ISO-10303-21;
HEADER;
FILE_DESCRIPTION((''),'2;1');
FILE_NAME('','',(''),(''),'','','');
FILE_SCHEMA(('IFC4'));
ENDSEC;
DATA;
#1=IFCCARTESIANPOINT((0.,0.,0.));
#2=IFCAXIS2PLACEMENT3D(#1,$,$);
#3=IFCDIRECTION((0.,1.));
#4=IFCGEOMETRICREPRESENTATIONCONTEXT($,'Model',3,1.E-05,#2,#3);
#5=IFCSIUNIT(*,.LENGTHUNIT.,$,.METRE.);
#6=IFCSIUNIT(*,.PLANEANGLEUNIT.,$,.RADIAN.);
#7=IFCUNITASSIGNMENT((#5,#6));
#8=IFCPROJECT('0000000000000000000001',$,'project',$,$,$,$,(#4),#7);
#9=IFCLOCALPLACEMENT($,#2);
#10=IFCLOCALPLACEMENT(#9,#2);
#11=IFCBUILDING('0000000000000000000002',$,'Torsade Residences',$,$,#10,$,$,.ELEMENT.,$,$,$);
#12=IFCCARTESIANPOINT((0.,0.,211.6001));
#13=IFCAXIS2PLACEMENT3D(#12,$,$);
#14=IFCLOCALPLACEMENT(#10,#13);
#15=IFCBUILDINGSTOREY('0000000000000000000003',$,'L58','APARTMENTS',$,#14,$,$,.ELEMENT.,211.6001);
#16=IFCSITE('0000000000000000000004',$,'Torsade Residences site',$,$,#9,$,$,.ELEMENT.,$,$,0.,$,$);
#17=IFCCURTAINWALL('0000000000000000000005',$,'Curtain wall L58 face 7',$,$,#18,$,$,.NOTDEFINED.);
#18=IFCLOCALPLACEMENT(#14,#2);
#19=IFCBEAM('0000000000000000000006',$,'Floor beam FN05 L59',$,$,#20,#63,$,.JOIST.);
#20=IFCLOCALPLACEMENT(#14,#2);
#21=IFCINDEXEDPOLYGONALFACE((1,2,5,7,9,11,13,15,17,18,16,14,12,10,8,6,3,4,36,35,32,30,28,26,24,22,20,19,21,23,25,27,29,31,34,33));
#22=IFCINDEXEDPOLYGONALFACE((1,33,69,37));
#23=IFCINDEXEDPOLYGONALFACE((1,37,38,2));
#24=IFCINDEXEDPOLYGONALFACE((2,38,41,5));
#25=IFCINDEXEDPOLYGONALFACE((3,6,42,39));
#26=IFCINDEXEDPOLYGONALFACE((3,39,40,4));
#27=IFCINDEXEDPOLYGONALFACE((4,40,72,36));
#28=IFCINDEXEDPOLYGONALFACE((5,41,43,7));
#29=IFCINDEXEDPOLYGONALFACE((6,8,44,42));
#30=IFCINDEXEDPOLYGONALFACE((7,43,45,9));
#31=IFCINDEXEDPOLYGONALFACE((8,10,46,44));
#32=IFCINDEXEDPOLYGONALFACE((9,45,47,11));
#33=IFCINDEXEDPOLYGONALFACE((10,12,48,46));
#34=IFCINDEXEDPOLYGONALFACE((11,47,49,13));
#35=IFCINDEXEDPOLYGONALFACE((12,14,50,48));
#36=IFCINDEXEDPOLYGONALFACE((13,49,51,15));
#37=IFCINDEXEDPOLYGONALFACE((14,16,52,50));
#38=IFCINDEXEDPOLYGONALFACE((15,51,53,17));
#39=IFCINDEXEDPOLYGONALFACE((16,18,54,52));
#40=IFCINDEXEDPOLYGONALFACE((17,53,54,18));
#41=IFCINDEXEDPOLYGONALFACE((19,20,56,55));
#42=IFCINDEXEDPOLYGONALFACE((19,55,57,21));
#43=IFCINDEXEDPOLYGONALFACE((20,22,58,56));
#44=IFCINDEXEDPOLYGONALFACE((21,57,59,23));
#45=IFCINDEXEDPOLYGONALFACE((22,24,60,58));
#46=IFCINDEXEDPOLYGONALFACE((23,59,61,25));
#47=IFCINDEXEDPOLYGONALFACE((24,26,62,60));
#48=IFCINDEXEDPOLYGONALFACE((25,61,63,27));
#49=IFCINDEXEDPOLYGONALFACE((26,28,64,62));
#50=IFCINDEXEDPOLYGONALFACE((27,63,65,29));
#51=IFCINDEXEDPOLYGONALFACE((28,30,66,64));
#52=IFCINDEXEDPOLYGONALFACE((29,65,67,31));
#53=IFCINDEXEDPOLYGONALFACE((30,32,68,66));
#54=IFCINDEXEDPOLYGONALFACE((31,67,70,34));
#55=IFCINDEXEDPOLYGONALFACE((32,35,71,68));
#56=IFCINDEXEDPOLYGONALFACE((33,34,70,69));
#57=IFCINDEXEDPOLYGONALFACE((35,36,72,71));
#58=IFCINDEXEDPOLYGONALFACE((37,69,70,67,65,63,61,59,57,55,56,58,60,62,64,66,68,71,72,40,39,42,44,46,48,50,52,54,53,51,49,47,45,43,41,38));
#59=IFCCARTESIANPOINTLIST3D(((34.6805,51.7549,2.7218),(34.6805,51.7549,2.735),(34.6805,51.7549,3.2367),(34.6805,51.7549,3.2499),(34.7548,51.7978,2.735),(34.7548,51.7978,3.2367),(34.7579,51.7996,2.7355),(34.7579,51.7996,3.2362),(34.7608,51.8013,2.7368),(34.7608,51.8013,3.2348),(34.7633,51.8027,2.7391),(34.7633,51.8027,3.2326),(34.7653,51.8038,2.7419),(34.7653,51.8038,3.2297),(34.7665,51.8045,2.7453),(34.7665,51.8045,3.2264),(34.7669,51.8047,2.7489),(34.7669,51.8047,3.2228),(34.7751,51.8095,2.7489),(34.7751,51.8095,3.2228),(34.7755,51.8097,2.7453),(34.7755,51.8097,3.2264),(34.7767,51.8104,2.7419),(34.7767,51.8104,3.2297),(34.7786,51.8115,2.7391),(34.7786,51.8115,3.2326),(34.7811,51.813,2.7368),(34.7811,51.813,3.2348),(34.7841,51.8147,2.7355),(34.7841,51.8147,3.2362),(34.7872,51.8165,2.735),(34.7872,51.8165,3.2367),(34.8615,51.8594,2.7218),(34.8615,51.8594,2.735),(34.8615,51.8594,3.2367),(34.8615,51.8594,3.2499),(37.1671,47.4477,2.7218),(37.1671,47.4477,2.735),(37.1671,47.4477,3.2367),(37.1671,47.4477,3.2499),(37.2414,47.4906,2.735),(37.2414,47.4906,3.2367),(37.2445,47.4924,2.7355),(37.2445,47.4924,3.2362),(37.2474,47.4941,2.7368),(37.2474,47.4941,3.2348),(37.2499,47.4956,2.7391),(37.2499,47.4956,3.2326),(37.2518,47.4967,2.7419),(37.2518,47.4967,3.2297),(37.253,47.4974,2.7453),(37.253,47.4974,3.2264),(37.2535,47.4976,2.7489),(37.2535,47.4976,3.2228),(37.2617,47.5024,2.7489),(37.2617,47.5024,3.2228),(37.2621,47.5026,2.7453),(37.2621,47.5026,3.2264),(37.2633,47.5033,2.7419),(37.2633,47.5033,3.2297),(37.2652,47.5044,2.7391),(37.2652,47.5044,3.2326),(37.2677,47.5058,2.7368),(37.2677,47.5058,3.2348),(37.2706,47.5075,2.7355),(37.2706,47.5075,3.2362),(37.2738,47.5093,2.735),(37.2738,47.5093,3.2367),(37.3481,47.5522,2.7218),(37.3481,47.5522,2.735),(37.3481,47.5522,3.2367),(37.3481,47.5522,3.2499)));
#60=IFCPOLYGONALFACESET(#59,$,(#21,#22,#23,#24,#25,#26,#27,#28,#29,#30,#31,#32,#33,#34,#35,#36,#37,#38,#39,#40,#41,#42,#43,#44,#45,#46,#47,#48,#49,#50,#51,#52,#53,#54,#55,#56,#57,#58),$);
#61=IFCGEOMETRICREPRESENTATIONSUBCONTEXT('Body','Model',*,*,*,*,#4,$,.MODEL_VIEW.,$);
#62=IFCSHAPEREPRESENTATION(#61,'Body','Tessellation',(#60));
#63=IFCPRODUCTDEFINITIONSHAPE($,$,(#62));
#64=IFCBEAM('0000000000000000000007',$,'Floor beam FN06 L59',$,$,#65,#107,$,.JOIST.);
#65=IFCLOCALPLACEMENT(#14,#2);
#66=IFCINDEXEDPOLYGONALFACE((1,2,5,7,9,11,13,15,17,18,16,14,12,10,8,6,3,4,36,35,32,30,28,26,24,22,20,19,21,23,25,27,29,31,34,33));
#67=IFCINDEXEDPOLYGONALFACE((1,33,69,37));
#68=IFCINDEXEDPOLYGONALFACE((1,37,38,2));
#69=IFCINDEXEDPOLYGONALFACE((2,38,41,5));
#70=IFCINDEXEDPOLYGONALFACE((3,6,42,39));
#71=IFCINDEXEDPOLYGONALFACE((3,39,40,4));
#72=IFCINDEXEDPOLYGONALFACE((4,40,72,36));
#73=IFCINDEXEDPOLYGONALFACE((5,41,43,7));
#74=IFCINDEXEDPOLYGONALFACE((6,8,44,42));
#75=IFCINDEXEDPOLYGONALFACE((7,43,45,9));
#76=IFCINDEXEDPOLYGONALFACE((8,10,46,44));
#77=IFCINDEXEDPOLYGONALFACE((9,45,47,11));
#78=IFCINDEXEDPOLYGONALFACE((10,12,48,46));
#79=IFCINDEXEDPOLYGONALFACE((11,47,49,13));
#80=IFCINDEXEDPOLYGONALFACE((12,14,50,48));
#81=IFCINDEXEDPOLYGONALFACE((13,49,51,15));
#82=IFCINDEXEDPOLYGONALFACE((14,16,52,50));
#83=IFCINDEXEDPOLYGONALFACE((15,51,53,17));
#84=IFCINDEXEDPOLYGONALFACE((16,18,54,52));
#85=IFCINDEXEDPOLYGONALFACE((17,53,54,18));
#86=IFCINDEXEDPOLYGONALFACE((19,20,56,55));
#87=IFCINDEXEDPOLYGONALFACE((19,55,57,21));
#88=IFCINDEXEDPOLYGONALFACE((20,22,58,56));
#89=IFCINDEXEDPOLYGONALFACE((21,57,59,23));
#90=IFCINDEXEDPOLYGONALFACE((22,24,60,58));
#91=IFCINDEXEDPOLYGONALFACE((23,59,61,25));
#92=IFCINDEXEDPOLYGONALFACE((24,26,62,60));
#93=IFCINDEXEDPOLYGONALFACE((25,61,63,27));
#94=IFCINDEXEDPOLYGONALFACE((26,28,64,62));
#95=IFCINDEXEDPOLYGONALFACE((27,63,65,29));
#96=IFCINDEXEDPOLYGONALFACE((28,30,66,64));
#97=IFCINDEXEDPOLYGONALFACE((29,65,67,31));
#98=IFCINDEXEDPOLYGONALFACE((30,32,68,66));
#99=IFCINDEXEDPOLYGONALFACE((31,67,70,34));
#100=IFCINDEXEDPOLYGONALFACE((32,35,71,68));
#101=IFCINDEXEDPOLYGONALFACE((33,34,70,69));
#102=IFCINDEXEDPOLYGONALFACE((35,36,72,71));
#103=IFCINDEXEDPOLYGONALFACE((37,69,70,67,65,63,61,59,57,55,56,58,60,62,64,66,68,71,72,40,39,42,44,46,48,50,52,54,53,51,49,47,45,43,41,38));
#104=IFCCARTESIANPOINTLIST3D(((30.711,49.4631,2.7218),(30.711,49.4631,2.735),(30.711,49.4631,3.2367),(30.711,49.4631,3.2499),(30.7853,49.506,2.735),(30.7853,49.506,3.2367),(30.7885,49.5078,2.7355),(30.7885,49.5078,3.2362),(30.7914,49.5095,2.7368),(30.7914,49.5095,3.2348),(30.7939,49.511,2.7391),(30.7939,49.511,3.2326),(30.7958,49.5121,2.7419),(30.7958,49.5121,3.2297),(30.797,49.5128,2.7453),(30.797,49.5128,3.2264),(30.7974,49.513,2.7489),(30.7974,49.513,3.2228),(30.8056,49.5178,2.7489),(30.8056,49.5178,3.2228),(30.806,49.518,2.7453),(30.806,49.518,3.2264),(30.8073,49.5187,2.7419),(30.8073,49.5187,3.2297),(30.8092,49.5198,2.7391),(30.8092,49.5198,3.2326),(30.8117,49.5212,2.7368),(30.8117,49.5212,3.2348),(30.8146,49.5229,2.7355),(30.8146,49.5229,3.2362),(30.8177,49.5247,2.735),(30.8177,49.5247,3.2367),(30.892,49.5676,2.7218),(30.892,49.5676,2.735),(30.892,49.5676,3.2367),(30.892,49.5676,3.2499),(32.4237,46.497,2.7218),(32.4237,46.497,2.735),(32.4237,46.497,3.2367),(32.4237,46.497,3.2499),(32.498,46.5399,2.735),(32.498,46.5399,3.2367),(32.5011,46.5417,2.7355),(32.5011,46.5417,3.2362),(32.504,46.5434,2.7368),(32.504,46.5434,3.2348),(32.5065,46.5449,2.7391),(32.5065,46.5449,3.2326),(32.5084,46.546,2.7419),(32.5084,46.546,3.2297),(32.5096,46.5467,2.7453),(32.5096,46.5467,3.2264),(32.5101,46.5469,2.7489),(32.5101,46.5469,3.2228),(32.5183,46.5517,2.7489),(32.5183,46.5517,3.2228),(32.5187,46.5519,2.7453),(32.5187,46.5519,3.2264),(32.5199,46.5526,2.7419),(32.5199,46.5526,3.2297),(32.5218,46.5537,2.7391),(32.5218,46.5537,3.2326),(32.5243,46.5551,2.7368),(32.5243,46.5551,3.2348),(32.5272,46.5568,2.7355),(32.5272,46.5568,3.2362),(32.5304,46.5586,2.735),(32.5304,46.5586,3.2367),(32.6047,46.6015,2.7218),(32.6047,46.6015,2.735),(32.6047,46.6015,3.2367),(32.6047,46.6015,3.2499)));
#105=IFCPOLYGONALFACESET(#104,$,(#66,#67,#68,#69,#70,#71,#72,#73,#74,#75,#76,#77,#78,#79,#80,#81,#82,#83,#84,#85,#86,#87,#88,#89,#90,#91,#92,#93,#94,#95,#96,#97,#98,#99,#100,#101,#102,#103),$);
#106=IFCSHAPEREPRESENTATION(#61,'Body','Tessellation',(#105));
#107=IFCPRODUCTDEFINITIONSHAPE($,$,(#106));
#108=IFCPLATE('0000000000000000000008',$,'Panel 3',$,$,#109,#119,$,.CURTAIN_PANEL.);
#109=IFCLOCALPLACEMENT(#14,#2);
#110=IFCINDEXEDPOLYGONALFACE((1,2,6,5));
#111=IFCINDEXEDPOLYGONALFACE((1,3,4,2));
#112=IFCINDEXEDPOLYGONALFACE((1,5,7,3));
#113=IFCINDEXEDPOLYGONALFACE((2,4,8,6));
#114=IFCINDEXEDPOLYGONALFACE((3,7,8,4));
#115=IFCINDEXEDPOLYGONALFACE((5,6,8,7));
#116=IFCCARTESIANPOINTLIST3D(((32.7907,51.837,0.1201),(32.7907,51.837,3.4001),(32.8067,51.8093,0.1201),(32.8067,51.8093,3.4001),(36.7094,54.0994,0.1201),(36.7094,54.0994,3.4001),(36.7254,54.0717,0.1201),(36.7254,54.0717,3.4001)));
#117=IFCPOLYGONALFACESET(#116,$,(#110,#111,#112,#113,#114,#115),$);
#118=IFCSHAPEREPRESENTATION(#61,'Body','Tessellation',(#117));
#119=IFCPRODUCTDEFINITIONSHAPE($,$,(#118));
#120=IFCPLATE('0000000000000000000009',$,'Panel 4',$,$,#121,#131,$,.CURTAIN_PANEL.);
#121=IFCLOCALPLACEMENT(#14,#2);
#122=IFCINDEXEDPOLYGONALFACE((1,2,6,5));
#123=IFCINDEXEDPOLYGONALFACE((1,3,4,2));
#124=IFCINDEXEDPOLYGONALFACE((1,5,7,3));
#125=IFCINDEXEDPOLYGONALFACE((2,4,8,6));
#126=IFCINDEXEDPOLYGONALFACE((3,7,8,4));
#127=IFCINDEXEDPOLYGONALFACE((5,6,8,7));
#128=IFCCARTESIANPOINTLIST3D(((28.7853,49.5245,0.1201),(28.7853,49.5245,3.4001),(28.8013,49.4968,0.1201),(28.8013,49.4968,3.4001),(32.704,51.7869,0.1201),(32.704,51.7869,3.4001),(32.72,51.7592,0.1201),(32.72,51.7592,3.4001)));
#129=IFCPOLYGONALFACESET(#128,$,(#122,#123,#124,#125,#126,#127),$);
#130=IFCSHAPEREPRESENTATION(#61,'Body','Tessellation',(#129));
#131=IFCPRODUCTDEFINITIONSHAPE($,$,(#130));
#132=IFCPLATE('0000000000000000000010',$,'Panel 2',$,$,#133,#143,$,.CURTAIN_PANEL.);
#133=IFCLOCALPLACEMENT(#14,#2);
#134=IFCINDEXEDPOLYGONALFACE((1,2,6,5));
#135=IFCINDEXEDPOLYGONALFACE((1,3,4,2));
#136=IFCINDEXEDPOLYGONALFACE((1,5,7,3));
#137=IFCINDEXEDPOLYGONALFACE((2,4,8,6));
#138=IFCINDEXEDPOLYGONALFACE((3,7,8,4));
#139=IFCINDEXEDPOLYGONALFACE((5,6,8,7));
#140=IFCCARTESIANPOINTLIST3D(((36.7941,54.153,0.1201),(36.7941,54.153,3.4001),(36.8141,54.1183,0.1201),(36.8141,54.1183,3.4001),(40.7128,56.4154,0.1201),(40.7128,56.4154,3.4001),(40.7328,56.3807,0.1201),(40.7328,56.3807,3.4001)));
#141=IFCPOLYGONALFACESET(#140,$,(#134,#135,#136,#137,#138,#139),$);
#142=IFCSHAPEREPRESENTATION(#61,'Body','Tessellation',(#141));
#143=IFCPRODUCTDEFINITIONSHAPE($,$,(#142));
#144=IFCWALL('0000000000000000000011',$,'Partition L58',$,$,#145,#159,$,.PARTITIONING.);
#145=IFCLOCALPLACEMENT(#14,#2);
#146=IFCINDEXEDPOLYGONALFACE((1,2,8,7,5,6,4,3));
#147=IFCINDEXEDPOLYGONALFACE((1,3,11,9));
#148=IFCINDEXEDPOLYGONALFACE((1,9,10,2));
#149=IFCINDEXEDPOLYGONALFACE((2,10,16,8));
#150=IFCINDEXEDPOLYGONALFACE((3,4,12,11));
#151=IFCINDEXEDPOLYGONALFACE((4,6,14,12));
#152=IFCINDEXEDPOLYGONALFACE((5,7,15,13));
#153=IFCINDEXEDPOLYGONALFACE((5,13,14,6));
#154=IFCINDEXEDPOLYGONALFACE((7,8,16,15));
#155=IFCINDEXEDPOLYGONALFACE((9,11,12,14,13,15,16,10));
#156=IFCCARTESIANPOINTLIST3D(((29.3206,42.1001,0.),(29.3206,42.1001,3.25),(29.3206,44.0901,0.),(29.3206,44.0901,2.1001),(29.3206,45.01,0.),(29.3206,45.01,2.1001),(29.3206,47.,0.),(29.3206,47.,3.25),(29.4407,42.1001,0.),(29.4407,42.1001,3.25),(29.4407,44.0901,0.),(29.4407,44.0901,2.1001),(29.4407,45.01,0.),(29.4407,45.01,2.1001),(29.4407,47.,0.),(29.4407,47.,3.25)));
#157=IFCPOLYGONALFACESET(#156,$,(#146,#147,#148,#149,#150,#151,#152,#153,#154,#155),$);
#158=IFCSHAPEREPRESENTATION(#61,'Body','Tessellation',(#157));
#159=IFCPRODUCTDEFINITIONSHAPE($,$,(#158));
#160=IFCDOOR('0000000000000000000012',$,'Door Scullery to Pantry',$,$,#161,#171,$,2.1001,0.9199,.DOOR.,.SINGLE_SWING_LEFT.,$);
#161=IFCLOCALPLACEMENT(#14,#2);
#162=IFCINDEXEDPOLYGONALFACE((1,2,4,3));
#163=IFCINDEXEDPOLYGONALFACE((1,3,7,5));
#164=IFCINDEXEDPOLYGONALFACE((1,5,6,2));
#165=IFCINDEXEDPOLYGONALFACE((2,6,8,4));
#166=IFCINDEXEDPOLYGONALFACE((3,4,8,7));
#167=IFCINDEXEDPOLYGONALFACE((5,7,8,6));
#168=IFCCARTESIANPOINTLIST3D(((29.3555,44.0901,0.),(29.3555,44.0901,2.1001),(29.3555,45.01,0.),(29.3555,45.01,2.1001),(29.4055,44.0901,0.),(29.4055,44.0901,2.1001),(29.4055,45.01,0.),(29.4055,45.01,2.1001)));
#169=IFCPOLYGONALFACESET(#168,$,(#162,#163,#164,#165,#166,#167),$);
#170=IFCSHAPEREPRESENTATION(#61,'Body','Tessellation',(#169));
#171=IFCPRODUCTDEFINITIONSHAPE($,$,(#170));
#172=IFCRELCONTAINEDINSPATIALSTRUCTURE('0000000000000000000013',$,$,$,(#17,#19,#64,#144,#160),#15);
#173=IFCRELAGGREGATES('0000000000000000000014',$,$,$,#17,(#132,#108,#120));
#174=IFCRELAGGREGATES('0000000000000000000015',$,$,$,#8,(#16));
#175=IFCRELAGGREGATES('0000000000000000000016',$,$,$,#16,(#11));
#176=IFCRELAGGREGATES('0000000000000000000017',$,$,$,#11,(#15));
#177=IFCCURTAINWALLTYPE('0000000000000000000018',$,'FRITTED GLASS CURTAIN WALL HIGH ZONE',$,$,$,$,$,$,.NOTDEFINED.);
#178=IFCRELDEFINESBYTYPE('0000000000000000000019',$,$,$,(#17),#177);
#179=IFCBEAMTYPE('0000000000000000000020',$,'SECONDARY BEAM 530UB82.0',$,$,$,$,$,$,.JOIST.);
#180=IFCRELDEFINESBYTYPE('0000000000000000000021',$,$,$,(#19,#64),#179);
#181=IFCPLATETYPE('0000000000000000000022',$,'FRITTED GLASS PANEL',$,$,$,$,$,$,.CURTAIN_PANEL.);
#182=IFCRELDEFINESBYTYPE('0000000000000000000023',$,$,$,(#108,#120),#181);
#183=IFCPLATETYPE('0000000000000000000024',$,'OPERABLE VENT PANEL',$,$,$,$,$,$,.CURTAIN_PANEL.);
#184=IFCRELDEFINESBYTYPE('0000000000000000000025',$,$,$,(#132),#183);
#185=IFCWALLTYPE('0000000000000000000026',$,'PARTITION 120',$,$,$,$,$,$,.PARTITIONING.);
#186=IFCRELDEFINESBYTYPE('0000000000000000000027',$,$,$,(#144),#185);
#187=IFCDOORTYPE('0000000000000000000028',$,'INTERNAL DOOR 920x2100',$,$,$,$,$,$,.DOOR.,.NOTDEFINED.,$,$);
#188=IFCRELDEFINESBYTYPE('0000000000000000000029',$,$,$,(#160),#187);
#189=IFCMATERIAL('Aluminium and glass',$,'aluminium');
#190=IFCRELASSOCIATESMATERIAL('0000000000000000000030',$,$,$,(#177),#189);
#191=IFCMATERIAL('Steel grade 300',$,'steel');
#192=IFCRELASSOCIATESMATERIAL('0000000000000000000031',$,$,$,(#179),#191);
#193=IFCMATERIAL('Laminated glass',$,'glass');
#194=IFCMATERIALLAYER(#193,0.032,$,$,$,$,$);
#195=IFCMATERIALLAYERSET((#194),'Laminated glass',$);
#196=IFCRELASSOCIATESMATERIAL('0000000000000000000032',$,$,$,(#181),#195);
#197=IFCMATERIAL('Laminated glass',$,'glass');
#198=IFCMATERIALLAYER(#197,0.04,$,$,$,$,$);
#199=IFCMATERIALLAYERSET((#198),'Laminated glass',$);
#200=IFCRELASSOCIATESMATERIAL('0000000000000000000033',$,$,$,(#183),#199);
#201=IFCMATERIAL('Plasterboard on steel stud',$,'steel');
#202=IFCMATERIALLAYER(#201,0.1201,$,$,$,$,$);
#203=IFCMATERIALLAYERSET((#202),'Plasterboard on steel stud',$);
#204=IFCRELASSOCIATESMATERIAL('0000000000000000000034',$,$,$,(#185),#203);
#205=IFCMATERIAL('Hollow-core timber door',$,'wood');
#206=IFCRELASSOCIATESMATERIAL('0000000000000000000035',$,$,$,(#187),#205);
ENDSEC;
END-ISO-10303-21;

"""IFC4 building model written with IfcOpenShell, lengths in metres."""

from ifc_helpers import new_model, si_unit, direction, frame, frame_2d, origin, origin_2d, place, context, subcontext, project, spatial, rectangle, i_section, extrude, material, layer, layer_set, material_profile, profile_set, type_object, element, fill, aggregate, save


model = new_model("IFC4")

# Units and contexts
model_context = context("Model", 3, precision=1e-05, world=origin(), true_north=direction((0.0, 1.0)))
body_context = subcontext(model_context, "Body", "Model", "MODEL_VIEW")
ifc_project = project(units=[si_unit("LENGTHUNIT", "METRE"), si_unit("PLANEANGLEUNIT", "RADIAN")], contexts=[model_context])

# Site, building, storey
site_placement = place(None, origin())
site = spatial("IfcSite", under=ifc_project, at=site_placement, Name="Torsade Residences site", CompositionType="ELEMENT", RefElevation=0.0)
building_placement = place(site_placement, origin())
building = spatial("IfcBuilding", under=site, at=building_placement, Name="Torsade Residences", CompositionType="ELEMENT")
storey_placement = place(building_placement, frame((0.0, 0.0, 211.6001)))
storey = spatial("IfcBuildingStorey", under=building, at=storey_placement, Name="L58", Description="APARTMENTS", CompositionType="ELEMENT", Elevation=211.6001)

# Curtain wall
ifc_material_1 = material(Name="Aluminium and glass", Category="aluminium")
curtain_wall_type = type_object("IfcCurtainWallType", Name="FRITTED GLASS CURTAIN WALL HIGH ZONE", PredefinedType="NOTDEFINED", material=ifc_material_1)
curtain_wall_placement = place(storey_placement, origin())
curtain_wall = element("IfcCurtainWall", 1, at=curtain_wall_placement, inside=storey, type_object=curtain_wall_type, Name="Curtain wall L58 face 7", PredefinedType="NOTDEFINED")

# Beams
ifc_material_2 = material(Name="Steel grade 300", Category="steel")
ifc_material_profile_1 = material_profile(ifc_material_2, i_section(OverallWidth=0.209, OverallDepth=0.5281, WebThickness=0.0095, FlangeThickness=0.0132, FilletRadius=0.0139, at=origin_2d()), Name="530UB82.0")
ifc_profile_set_1 = profile_set([ifc_material_profile_1], Name="Steel grade 300")
beam_type_1 = type_object("IfcBeamType", Name="SECONDARY BEAM 530UB82.0", PredefinedType="JOIST", material=ifc_profile_set_1)
beam_1_placement = place(storey_placement, frame((34.771, 51.8071, 2.9858), z_axis=(0.499977, -0.866038, 0.0), x_axis=(0.866038, 0.499977, 0.0)))
element("IfcBeam", 2, at=beam_1_placement, inside=storey, type_object=beam_type_1, Name="Floor beam FN05 L59", PredefinedType="JOIST", context=body_context, shape_type="SweptSolid", body=[
    extrude(i_section(OverallWidth=0.209, OverallDepth=0.5281, WebThickness=0.0095, FlangeThickness=0.0132, FilletRadius=0.0139, at=origin_2d()), origin(), (0.0, 0.0, 1.0), 4.9734),
])
beam_2_placement = place(storey_placement, frame((30.8015, 49.5154, 2.9858), z_axis=(0.500041, -0.866002, 0.0), x_axis=(0.866002, 0.500041, 0.0)))
element("IfcBeam", 3, at=beam_2_placement, inside=storey, type_object=beam_type_1, Name="Floor beam FN06 L59", PredefinedType="JOIST", context=body_context, shape_type="SweptSolid", body=[
    extrude(i_section(OverallWidth=0.209, OverallDepth=0.5281, WebThickness=0.0095, FlangeThickness=0.0132, FilletRadius=0.0139, at=origin_2d()), origin(), (0.0, 0.0, 1.0), 3.425),
])

# Plates
ifc_material_3 = material(Name="Laminated glass", Category="glass")
ifc_layer_1 = layer(ifc_material_3, 0.032)
ifc_layer_set_1 = layer_set([ifc_layer_1], Name="Laminated glass")
plate_type_1 = type_object("IfcPlateType", Name="FRITTED GLASS PANEL", PredefinedType="CURTAIN_PANEL", material=ifc_layer_set_1)
plate_1_placement = place(storey_placement, frame((34.7581, 52.9543, 0.1201), z_axis=(0.0, 0.0, 1.0), x_axis=(-0.866025, -0.5, 0.0)))
plate_1 = element("IfcPlate", 4, at=plate_1_placement, type_object=plate_type_1, Name="Panel 3", PredefinedType="CURTAIN_PANEL", context=body_context, shape_type="SweptSolid", body=[
    extrude(rectangle(XDim=4.5249, YDim=0.032, at=origin_2d()), origin(), (0.0, 0.0, 1.0), 3.28),
])
plate_2_placement = place(storey_placement, frame((30.7527, 50.6418, 0.1201), z_axis=(0.0, 0.0, 1.0), x_axis=(-0.866025, -0.5, 0.0)))
plate_2 = element("IfcPlate", 5, at=plate_2_placement, type_object=plate_type_1, Name="Panel 4", PredefinedType="CURTAIN_PANEL", context=body_context, shape_type="SweptSolid", body=[
    extrude(rectangle(XDim=4.5249, YDim=0.032, at=origin_2d()), origin(), (0.0, 0.0, 1.0), 3.28),
])
ifc_material_4 = material(Name="Laminated glass", Category="glass")
ifc_layer_2 = layer(ifc_material_4, 0.04)
ifc_layer_set_2 = layer_set([ifc_layer_2], Name="Laminated glass")
plate_type_2 = type_object("IfcPlateType", Name="OPERABLE VENT PANEL", PredefinedType="CURTAIN_PANEL", material=ifc_layer_set_2)
plate_3_placement = place(storey_placement, frame((38.7634, 55.2668, 0.1201), z_axis=(0.0, 0.0, 1.0), x_axis=(-0.866025, -0.5, 0.0)))
plate_3 = element("IfcPlate", 6, at=plate_3_placement, type_object=plate_type_2, Name="Panel 2", PredefinedType="CURTAIN_PANEL", context=body_context, shape_type="SweptSolid", body=[
    extrude(rectangle(XDim=4.5249, YDim=0.04, at=origin_2d()), origin(), (0.0, 0.0, 1.0), 3.28),
])
aggregate(curtain_wall, [plate_3, plate_1, plate_2])

# Wall, opening, door
ifc_material_5 = material(Name="Plasterboard on steel stud", Category="steel")
ifc_layer_3 = layer(ifc_material_5, 0.1201)
ifc_layer_set_3 = layer_set([ifc_layer_3], Name="Plasterboard on steel stud")
wall_type_1 = type_object("IfcWallType", Name="PARTITION 120", PredefinedType="PARTITIONING", material=ifc_layer_set_3)
wall_1_placement = place(storey_placement, frame((29.3806, 47.0, 0.0), z_axis=(0.0, 0.0, 1.0), x_axis=(0.0, -1.0, 0.0)))
wall_1 = element("IfcWall", 7, at=wall_1_placement, inside=storey, type_object=wall_type_1, Name="Partition L58", PredefinedType="PARTITIONING", context=body_context, shape_type="SweptSolid", body=[
    extrude(rectangle(XDim=4.8999, YDim=0.1201, at=frame_2d((2.45, 0.0))), origin(), (0.0, 0.0, 1.0), 3.25),
])
opening_1_placement = place(wall_1_placement, frame((1.99, 0.0, 0.0)))
opening_1 = element("IfcOpeningElement", 8, at=opening_1_placement, cuts=wall_1, PredefinedType="OPENING", context=body_context, shape_type="SweptSolid", body=[
    extrude(rectangle(XDim=0.9199, YDim=2.1001, at=frame_2d((0.46, 1.05))), frame((0.0, 0.0701, 0.0), z_axis=(0.0, -1.0, 0.0), x_axis=(1.0, 0.0, 0.0)), (0.0, 0.0, 1.0), 0.1401),
])
ifc_material_6 = material(Name="Hollow-core timber door", Category="wood")
door_type_1 = type_object("IfcDoorType", Name="INTERNAL DOOR 920x2100", OperationType="NOTDEFINED", PredefinedType="DOOR", material=ifc_material_6)
door_1_placement = place(opening_1_placement, origin())
door_1 = element("IfcDoor", 9, at=door_1_placement, inside=storey, type_object=door_type_1, Name="Door Scullery to Pantry", OperationType="SINGLE_SWING_LEFT", OverallHeight=2.1001, OverallWidth=0.9199, PredefinedType="DOOR", context=body_context, shape_type="SweptSolid", body=[
    extrude(rectangle(XDim=0.9199, YDim=2.1001, at=frame_2d((0.46, 1.05))), frame((0.0, 0.0249, 0.0), z_axis=(0.0, -1.0, 0.0), x_axis=(1.0, 0.0, 0.0)), (0.0, 0.0, 1.0), 0.05),
])
fill(opening_1, door_1)

save(model, "model.ifc")
